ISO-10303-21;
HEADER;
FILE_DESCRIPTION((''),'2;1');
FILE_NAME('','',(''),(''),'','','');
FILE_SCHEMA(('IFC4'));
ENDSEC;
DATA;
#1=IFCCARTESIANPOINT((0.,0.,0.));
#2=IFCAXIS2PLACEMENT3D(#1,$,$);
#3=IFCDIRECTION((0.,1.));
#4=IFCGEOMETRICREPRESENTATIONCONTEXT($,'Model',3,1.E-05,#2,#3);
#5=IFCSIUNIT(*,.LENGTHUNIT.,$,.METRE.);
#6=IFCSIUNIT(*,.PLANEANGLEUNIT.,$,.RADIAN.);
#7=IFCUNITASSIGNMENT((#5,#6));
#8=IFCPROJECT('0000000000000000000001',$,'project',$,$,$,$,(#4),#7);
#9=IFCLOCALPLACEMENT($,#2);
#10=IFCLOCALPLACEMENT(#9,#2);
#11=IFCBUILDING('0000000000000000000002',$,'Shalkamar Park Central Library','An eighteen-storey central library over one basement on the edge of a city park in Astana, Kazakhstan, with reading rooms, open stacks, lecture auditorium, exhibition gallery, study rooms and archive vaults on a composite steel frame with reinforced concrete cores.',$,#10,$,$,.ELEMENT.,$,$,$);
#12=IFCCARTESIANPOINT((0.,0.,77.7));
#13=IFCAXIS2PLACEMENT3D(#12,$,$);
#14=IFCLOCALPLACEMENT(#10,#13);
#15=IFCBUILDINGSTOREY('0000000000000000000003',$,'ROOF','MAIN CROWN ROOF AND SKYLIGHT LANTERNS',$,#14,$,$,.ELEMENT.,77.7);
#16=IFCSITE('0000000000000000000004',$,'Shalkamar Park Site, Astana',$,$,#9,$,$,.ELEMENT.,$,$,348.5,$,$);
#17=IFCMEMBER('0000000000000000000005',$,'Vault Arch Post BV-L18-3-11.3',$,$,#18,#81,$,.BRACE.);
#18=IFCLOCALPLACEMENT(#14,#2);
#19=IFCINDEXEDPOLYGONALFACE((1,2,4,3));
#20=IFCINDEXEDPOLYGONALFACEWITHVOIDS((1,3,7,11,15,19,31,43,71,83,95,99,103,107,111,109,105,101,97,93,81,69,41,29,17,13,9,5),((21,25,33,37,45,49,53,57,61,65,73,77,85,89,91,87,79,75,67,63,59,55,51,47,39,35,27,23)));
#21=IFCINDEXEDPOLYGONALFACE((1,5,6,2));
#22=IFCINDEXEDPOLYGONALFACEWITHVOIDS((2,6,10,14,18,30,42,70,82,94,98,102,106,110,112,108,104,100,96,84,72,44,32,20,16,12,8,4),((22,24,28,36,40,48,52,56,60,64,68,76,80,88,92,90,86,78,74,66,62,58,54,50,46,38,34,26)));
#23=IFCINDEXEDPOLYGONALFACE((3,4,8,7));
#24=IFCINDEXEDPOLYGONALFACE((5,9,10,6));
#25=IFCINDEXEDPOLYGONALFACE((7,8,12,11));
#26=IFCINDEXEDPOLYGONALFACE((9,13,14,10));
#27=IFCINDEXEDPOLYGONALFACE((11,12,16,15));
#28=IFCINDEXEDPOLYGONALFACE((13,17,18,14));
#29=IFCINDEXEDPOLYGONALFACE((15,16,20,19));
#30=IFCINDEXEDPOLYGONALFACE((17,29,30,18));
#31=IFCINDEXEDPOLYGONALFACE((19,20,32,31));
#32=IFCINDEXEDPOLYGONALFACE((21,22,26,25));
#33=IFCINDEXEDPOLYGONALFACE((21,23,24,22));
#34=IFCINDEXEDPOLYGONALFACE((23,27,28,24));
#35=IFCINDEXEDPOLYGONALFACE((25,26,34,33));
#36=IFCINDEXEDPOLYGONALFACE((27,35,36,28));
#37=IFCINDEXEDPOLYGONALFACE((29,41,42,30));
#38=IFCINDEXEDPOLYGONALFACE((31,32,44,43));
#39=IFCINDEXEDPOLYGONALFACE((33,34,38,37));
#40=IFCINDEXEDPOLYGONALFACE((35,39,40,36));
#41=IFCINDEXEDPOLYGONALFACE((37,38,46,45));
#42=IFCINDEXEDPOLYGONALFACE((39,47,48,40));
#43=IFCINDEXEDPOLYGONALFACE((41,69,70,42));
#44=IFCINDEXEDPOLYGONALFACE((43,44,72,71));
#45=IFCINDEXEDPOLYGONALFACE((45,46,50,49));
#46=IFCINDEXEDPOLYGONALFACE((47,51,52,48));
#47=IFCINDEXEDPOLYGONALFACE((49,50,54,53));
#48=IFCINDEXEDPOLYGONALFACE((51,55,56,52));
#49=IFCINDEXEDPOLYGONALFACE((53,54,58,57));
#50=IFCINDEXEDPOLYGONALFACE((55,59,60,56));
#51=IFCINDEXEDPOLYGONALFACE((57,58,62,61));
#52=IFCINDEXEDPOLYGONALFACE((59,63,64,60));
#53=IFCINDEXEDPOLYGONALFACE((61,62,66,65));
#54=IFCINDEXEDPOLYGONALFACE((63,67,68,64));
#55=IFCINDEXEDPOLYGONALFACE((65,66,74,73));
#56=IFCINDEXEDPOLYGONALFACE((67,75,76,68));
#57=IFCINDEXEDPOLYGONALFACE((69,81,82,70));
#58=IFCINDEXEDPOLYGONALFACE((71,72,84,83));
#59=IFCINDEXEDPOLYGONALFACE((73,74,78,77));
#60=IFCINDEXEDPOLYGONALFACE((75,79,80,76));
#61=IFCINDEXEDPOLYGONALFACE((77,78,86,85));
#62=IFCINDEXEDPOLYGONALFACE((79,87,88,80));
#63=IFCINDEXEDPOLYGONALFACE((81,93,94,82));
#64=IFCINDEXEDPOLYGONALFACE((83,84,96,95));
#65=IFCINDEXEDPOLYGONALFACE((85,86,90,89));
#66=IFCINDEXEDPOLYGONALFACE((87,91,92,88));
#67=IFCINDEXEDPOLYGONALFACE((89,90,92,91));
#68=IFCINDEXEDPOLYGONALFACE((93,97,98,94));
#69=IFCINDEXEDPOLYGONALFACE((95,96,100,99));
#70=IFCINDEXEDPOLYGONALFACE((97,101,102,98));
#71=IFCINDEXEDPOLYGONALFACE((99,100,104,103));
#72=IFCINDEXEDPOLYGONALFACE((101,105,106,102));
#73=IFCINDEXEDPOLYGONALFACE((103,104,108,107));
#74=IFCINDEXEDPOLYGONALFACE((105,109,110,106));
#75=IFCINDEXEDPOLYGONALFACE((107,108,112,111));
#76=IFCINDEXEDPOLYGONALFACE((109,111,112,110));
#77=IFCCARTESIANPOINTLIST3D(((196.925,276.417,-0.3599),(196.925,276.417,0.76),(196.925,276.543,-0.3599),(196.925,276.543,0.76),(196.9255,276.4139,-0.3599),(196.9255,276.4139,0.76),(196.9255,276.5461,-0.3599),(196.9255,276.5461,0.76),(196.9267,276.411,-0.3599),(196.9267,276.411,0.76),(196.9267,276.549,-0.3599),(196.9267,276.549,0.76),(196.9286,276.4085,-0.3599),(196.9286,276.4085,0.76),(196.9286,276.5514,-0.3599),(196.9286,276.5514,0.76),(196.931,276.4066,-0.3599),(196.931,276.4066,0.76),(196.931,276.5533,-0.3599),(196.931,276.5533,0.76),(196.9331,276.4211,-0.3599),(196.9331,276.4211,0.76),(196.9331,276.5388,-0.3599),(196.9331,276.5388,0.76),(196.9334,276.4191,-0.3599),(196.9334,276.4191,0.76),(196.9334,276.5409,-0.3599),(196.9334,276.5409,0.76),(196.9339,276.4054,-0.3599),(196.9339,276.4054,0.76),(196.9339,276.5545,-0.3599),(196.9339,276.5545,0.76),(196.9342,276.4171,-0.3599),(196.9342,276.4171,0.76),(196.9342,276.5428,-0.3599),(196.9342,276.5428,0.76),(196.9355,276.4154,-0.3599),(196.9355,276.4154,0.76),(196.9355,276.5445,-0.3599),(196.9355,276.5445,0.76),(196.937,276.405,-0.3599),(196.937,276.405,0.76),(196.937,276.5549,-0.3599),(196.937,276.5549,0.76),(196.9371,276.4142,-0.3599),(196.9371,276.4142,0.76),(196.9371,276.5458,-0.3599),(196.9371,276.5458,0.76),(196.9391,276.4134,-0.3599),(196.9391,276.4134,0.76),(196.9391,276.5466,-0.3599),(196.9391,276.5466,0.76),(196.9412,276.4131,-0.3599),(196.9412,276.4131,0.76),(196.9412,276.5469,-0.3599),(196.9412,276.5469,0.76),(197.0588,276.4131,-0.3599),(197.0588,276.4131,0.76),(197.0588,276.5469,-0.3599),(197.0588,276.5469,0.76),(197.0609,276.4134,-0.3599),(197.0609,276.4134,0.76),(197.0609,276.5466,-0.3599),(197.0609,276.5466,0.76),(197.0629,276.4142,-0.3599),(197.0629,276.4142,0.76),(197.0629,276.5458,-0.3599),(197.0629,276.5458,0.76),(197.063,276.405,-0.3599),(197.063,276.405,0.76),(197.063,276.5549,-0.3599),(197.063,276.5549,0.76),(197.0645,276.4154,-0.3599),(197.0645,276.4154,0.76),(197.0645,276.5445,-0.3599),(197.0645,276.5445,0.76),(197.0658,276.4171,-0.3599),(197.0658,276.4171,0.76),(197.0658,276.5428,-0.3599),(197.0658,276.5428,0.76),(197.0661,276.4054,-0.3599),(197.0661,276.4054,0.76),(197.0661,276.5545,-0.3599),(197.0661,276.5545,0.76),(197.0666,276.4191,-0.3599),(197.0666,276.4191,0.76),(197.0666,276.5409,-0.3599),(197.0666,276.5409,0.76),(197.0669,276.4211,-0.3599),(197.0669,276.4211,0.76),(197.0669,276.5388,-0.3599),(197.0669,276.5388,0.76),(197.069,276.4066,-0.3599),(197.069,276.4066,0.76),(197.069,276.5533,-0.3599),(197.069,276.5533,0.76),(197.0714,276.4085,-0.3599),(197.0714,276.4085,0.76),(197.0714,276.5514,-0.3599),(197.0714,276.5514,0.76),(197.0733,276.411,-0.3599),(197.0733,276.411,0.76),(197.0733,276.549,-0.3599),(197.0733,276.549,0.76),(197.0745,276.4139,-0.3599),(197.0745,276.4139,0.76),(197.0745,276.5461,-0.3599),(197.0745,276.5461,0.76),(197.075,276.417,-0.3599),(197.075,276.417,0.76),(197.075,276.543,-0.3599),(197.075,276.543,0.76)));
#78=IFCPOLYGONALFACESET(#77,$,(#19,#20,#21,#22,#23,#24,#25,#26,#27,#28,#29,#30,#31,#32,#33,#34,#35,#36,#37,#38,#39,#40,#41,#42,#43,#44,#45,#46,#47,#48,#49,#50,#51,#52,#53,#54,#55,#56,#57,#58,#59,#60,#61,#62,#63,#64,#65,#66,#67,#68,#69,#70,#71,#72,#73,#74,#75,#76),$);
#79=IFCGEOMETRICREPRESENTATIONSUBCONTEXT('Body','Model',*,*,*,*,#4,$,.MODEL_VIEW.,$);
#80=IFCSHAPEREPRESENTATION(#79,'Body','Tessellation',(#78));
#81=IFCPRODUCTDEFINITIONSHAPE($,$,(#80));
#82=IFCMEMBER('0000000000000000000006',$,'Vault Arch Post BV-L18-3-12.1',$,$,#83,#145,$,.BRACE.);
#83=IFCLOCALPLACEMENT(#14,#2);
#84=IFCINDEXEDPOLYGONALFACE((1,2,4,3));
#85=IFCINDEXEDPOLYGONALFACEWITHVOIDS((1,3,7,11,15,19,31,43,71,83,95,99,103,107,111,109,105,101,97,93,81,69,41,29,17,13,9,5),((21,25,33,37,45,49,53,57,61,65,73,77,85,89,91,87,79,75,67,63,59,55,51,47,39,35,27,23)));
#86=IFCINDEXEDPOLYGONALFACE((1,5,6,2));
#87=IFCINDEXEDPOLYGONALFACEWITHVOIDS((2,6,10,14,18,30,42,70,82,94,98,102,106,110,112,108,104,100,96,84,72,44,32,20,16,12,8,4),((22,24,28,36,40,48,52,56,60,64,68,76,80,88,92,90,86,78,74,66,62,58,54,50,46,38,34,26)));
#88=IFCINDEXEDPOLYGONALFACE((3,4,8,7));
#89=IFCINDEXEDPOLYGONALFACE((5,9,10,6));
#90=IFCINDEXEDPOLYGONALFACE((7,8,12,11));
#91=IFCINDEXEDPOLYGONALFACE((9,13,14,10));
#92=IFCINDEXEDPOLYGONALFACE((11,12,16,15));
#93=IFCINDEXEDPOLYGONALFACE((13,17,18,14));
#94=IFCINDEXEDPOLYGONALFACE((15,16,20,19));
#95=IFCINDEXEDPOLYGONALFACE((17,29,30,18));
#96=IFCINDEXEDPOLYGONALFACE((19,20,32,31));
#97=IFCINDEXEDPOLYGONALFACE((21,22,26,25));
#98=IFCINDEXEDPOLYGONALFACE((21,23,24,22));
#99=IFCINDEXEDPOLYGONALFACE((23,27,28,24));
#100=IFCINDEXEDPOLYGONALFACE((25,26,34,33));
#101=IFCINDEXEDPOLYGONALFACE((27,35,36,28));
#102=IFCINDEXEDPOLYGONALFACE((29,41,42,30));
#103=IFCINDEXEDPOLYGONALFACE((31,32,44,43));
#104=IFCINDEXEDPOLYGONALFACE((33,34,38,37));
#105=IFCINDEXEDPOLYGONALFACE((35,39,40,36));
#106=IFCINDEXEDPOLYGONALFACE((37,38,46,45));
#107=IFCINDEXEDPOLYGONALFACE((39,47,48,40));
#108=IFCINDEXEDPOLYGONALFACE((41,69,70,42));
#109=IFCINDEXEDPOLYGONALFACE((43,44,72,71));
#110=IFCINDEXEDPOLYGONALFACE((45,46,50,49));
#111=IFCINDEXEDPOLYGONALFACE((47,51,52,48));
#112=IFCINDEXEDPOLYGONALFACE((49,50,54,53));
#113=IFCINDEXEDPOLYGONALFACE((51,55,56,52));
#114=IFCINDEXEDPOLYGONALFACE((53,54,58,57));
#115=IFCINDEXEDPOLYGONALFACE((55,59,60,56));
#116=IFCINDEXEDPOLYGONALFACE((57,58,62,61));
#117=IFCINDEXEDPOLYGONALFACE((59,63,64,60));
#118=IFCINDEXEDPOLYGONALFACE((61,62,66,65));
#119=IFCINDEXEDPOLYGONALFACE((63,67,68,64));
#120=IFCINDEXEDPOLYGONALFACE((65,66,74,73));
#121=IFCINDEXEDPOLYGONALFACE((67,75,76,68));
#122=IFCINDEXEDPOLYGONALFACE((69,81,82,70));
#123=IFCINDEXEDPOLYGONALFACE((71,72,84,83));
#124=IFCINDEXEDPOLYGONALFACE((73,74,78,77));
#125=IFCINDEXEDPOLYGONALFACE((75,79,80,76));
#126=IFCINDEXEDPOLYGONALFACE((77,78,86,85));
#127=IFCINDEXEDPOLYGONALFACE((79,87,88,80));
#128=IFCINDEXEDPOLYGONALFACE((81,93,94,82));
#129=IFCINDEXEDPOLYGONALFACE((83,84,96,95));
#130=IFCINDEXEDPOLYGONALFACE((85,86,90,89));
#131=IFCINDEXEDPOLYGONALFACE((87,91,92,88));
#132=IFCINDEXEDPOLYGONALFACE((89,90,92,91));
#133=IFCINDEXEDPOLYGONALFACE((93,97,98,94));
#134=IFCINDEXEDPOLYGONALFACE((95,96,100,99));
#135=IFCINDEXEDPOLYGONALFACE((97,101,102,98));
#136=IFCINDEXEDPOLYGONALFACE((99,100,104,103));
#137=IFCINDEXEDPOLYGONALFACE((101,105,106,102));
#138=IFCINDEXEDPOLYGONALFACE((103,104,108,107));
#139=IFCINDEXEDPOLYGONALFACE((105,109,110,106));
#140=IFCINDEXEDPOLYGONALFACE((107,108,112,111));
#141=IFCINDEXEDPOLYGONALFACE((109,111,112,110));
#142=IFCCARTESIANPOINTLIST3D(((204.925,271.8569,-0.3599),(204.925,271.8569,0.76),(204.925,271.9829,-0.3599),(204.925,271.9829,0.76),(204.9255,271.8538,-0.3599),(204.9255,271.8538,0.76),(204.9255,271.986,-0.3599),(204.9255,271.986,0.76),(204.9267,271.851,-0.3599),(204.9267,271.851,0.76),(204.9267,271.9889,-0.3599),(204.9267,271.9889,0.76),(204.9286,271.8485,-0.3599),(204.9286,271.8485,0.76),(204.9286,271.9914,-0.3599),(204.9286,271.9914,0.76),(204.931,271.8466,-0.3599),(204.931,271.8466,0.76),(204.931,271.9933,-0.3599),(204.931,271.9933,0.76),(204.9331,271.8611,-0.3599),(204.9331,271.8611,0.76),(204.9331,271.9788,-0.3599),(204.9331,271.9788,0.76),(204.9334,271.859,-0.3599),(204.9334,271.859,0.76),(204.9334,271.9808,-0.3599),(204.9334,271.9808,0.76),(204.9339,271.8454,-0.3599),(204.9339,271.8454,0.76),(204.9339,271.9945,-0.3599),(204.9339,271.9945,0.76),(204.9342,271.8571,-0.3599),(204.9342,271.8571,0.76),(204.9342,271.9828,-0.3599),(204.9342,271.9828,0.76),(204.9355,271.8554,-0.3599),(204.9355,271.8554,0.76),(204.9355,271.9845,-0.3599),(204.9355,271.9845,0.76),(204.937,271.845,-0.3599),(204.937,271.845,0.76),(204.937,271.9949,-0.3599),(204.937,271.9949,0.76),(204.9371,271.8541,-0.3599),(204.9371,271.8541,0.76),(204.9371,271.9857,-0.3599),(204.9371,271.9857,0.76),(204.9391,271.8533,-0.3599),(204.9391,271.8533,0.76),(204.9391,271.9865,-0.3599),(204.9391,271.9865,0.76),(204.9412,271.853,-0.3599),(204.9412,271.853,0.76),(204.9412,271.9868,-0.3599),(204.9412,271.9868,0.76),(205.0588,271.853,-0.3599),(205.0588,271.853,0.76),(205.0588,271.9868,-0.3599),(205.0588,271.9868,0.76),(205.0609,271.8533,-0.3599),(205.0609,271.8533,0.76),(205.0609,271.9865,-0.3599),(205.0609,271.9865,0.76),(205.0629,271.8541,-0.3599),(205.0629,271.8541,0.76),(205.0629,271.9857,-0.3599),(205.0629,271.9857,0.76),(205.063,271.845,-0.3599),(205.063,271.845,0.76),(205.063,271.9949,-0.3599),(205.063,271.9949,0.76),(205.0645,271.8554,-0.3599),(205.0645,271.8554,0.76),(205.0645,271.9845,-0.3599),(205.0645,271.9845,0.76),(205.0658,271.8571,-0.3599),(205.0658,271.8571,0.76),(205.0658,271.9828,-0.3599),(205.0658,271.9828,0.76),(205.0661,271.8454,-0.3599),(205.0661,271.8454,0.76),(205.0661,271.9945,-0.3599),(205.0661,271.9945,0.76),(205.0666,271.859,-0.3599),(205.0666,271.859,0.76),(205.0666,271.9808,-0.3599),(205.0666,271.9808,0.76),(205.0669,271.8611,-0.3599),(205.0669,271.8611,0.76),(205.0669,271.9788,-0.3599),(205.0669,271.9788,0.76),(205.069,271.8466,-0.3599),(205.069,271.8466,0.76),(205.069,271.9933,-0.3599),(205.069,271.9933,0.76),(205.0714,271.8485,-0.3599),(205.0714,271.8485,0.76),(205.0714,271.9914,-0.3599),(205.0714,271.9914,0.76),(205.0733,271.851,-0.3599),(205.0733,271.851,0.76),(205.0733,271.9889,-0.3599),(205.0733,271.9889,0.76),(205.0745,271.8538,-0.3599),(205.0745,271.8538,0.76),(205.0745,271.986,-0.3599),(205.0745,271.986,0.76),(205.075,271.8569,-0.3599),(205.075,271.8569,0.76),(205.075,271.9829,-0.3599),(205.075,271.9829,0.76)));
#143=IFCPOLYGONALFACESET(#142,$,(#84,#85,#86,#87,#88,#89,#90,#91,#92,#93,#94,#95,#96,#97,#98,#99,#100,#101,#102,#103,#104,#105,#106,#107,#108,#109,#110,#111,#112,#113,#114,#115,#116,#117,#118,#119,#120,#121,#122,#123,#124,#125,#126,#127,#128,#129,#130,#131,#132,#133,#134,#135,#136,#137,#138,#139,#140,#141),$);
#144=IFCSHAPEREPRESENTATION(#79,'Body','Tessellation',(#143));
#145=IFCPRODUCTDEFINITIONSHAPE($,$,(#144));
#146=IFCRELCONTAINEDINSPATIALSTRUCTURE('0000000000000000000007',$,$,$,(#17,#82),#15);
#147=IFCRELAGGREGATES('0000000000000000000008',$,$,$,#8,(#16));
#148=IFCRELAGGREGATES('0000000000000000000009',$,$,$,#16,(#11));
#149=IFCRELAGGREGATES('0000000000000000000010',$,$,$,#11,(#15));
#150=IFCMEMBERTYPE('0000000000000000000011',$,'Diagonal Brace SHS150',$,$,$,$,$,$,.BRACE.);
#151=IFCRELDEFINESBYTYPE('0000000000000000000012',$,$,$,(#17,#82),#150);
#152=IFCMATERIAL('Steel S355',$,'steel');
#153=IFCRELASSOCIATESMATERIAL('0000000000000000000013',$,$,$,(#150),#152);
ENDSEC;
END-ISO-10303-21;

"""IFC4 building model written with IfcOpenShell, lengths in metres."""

from ifc_helpers import new_model, si_unit, direction, frame, origin, origin_2d, place, context, subcontext, project, spatial, hollow_rectangle, extrude, material, material_profile, profile_set, type_object, element, save


model = new_model("IFC4")

# Units and contexts
model_context = context("Model", 3, precision=1e-05, world=origin(), true_north=direction((0.0, 1.0)))
body_context = subcontext(model_context, "Body", "Model", "MODEL_VIEW")
ifc_project = project(units=[si_unit("LENGTHUNIT", "METRE"), si_unit("PLANEANGLEUNIT", "RADIAN")], contexts=[model_context])

# Site, building, storey
site_placement = place(None, origin())
site = spatial("IfcSite", under=ifc_project, at=site_placement, Name="Shalkamar Park Site, Astana", CompositionType="ELEMENT", RefElevation=348.5)
building_placement = place(site_placement, origin())
building = spatial("IfcBuilding", under=site, at=building_placement, Name="Shalkamar Park Central Library", Description="An eighteen-storey central library over one basement on the edge of a city park in Astana, Kazakhstan, with reading rooms, open stacks, lecture auditorium, exhibition gallery, study rooms and archive vaults on a composite steel frame with reinforced concrete cores.", CompositionType="ELEMENT")
storey_placement = place(building_placement, frame((0.0, 0.0, 77.7)))
storey = spatial("IfcBuildingStorey", under=building, at=storey_placement, Name="ROOF", Description="MAIN CROWN ROOF AND SKYLIGHT LANTERNS", CompositionType="ELEMENT", Elevation=77.7)

# Members
ifc_material = material(Name="Steel S355", Category="steel")
ifc_material_profile_1 = material_profile(ifc_material, hollow_rectangle(XDim=0.1499, YDim=0.1499, WallThickness=0.0081, InnerFilletRadius=0.0081, OuterFilletRadius=0.012, at=origin_2d()), Name="SHS 150x150x8")
ifc_profile_set_1 = profile_set([ifc_material_profile_1], Name="Steel S355")
member_type_1 = type_object("IfcMemberType", Name="Diagonal Brace SHS150", PredefinedType="BRACE", material=ifc_profile_set_1)
for number, where, z_axis, x_axis, name in (
    (1, (197.0, 276.48, -0.3599), (0.0, 0.0, 1.0), (1.0, 0.0, 0.0), "Vault Arch Post BV-L18-3-11.3"),
    (2, (205.0, 271.9199, -0.3599), (0.0, 0.0, 1.0), (1.0, 0.0, 0.0), "Vault Arch Post BV-L18-3-12.1"),
):
    element("IfcMember", number, at=place(storey_placement, frame(where, z_axis=z_axis, x_axis=x_axis)), inside=storey, type_object=member_type_1, Name=name, PredefinedType="BRACE", context=body_context, shape_type="SweptSolid", body=[
        extrude(hollow_rectangle(XDim=0.1499, YDim=0.1499, WallThickness=0.0081, InnerFilletRadius=0.0081, OuterFilletRadius=0.012, at=origin_2d()), origin(), (0.0, 0.0, 1.0), 1.1199),
    ])

save(model, "model.ifc")
